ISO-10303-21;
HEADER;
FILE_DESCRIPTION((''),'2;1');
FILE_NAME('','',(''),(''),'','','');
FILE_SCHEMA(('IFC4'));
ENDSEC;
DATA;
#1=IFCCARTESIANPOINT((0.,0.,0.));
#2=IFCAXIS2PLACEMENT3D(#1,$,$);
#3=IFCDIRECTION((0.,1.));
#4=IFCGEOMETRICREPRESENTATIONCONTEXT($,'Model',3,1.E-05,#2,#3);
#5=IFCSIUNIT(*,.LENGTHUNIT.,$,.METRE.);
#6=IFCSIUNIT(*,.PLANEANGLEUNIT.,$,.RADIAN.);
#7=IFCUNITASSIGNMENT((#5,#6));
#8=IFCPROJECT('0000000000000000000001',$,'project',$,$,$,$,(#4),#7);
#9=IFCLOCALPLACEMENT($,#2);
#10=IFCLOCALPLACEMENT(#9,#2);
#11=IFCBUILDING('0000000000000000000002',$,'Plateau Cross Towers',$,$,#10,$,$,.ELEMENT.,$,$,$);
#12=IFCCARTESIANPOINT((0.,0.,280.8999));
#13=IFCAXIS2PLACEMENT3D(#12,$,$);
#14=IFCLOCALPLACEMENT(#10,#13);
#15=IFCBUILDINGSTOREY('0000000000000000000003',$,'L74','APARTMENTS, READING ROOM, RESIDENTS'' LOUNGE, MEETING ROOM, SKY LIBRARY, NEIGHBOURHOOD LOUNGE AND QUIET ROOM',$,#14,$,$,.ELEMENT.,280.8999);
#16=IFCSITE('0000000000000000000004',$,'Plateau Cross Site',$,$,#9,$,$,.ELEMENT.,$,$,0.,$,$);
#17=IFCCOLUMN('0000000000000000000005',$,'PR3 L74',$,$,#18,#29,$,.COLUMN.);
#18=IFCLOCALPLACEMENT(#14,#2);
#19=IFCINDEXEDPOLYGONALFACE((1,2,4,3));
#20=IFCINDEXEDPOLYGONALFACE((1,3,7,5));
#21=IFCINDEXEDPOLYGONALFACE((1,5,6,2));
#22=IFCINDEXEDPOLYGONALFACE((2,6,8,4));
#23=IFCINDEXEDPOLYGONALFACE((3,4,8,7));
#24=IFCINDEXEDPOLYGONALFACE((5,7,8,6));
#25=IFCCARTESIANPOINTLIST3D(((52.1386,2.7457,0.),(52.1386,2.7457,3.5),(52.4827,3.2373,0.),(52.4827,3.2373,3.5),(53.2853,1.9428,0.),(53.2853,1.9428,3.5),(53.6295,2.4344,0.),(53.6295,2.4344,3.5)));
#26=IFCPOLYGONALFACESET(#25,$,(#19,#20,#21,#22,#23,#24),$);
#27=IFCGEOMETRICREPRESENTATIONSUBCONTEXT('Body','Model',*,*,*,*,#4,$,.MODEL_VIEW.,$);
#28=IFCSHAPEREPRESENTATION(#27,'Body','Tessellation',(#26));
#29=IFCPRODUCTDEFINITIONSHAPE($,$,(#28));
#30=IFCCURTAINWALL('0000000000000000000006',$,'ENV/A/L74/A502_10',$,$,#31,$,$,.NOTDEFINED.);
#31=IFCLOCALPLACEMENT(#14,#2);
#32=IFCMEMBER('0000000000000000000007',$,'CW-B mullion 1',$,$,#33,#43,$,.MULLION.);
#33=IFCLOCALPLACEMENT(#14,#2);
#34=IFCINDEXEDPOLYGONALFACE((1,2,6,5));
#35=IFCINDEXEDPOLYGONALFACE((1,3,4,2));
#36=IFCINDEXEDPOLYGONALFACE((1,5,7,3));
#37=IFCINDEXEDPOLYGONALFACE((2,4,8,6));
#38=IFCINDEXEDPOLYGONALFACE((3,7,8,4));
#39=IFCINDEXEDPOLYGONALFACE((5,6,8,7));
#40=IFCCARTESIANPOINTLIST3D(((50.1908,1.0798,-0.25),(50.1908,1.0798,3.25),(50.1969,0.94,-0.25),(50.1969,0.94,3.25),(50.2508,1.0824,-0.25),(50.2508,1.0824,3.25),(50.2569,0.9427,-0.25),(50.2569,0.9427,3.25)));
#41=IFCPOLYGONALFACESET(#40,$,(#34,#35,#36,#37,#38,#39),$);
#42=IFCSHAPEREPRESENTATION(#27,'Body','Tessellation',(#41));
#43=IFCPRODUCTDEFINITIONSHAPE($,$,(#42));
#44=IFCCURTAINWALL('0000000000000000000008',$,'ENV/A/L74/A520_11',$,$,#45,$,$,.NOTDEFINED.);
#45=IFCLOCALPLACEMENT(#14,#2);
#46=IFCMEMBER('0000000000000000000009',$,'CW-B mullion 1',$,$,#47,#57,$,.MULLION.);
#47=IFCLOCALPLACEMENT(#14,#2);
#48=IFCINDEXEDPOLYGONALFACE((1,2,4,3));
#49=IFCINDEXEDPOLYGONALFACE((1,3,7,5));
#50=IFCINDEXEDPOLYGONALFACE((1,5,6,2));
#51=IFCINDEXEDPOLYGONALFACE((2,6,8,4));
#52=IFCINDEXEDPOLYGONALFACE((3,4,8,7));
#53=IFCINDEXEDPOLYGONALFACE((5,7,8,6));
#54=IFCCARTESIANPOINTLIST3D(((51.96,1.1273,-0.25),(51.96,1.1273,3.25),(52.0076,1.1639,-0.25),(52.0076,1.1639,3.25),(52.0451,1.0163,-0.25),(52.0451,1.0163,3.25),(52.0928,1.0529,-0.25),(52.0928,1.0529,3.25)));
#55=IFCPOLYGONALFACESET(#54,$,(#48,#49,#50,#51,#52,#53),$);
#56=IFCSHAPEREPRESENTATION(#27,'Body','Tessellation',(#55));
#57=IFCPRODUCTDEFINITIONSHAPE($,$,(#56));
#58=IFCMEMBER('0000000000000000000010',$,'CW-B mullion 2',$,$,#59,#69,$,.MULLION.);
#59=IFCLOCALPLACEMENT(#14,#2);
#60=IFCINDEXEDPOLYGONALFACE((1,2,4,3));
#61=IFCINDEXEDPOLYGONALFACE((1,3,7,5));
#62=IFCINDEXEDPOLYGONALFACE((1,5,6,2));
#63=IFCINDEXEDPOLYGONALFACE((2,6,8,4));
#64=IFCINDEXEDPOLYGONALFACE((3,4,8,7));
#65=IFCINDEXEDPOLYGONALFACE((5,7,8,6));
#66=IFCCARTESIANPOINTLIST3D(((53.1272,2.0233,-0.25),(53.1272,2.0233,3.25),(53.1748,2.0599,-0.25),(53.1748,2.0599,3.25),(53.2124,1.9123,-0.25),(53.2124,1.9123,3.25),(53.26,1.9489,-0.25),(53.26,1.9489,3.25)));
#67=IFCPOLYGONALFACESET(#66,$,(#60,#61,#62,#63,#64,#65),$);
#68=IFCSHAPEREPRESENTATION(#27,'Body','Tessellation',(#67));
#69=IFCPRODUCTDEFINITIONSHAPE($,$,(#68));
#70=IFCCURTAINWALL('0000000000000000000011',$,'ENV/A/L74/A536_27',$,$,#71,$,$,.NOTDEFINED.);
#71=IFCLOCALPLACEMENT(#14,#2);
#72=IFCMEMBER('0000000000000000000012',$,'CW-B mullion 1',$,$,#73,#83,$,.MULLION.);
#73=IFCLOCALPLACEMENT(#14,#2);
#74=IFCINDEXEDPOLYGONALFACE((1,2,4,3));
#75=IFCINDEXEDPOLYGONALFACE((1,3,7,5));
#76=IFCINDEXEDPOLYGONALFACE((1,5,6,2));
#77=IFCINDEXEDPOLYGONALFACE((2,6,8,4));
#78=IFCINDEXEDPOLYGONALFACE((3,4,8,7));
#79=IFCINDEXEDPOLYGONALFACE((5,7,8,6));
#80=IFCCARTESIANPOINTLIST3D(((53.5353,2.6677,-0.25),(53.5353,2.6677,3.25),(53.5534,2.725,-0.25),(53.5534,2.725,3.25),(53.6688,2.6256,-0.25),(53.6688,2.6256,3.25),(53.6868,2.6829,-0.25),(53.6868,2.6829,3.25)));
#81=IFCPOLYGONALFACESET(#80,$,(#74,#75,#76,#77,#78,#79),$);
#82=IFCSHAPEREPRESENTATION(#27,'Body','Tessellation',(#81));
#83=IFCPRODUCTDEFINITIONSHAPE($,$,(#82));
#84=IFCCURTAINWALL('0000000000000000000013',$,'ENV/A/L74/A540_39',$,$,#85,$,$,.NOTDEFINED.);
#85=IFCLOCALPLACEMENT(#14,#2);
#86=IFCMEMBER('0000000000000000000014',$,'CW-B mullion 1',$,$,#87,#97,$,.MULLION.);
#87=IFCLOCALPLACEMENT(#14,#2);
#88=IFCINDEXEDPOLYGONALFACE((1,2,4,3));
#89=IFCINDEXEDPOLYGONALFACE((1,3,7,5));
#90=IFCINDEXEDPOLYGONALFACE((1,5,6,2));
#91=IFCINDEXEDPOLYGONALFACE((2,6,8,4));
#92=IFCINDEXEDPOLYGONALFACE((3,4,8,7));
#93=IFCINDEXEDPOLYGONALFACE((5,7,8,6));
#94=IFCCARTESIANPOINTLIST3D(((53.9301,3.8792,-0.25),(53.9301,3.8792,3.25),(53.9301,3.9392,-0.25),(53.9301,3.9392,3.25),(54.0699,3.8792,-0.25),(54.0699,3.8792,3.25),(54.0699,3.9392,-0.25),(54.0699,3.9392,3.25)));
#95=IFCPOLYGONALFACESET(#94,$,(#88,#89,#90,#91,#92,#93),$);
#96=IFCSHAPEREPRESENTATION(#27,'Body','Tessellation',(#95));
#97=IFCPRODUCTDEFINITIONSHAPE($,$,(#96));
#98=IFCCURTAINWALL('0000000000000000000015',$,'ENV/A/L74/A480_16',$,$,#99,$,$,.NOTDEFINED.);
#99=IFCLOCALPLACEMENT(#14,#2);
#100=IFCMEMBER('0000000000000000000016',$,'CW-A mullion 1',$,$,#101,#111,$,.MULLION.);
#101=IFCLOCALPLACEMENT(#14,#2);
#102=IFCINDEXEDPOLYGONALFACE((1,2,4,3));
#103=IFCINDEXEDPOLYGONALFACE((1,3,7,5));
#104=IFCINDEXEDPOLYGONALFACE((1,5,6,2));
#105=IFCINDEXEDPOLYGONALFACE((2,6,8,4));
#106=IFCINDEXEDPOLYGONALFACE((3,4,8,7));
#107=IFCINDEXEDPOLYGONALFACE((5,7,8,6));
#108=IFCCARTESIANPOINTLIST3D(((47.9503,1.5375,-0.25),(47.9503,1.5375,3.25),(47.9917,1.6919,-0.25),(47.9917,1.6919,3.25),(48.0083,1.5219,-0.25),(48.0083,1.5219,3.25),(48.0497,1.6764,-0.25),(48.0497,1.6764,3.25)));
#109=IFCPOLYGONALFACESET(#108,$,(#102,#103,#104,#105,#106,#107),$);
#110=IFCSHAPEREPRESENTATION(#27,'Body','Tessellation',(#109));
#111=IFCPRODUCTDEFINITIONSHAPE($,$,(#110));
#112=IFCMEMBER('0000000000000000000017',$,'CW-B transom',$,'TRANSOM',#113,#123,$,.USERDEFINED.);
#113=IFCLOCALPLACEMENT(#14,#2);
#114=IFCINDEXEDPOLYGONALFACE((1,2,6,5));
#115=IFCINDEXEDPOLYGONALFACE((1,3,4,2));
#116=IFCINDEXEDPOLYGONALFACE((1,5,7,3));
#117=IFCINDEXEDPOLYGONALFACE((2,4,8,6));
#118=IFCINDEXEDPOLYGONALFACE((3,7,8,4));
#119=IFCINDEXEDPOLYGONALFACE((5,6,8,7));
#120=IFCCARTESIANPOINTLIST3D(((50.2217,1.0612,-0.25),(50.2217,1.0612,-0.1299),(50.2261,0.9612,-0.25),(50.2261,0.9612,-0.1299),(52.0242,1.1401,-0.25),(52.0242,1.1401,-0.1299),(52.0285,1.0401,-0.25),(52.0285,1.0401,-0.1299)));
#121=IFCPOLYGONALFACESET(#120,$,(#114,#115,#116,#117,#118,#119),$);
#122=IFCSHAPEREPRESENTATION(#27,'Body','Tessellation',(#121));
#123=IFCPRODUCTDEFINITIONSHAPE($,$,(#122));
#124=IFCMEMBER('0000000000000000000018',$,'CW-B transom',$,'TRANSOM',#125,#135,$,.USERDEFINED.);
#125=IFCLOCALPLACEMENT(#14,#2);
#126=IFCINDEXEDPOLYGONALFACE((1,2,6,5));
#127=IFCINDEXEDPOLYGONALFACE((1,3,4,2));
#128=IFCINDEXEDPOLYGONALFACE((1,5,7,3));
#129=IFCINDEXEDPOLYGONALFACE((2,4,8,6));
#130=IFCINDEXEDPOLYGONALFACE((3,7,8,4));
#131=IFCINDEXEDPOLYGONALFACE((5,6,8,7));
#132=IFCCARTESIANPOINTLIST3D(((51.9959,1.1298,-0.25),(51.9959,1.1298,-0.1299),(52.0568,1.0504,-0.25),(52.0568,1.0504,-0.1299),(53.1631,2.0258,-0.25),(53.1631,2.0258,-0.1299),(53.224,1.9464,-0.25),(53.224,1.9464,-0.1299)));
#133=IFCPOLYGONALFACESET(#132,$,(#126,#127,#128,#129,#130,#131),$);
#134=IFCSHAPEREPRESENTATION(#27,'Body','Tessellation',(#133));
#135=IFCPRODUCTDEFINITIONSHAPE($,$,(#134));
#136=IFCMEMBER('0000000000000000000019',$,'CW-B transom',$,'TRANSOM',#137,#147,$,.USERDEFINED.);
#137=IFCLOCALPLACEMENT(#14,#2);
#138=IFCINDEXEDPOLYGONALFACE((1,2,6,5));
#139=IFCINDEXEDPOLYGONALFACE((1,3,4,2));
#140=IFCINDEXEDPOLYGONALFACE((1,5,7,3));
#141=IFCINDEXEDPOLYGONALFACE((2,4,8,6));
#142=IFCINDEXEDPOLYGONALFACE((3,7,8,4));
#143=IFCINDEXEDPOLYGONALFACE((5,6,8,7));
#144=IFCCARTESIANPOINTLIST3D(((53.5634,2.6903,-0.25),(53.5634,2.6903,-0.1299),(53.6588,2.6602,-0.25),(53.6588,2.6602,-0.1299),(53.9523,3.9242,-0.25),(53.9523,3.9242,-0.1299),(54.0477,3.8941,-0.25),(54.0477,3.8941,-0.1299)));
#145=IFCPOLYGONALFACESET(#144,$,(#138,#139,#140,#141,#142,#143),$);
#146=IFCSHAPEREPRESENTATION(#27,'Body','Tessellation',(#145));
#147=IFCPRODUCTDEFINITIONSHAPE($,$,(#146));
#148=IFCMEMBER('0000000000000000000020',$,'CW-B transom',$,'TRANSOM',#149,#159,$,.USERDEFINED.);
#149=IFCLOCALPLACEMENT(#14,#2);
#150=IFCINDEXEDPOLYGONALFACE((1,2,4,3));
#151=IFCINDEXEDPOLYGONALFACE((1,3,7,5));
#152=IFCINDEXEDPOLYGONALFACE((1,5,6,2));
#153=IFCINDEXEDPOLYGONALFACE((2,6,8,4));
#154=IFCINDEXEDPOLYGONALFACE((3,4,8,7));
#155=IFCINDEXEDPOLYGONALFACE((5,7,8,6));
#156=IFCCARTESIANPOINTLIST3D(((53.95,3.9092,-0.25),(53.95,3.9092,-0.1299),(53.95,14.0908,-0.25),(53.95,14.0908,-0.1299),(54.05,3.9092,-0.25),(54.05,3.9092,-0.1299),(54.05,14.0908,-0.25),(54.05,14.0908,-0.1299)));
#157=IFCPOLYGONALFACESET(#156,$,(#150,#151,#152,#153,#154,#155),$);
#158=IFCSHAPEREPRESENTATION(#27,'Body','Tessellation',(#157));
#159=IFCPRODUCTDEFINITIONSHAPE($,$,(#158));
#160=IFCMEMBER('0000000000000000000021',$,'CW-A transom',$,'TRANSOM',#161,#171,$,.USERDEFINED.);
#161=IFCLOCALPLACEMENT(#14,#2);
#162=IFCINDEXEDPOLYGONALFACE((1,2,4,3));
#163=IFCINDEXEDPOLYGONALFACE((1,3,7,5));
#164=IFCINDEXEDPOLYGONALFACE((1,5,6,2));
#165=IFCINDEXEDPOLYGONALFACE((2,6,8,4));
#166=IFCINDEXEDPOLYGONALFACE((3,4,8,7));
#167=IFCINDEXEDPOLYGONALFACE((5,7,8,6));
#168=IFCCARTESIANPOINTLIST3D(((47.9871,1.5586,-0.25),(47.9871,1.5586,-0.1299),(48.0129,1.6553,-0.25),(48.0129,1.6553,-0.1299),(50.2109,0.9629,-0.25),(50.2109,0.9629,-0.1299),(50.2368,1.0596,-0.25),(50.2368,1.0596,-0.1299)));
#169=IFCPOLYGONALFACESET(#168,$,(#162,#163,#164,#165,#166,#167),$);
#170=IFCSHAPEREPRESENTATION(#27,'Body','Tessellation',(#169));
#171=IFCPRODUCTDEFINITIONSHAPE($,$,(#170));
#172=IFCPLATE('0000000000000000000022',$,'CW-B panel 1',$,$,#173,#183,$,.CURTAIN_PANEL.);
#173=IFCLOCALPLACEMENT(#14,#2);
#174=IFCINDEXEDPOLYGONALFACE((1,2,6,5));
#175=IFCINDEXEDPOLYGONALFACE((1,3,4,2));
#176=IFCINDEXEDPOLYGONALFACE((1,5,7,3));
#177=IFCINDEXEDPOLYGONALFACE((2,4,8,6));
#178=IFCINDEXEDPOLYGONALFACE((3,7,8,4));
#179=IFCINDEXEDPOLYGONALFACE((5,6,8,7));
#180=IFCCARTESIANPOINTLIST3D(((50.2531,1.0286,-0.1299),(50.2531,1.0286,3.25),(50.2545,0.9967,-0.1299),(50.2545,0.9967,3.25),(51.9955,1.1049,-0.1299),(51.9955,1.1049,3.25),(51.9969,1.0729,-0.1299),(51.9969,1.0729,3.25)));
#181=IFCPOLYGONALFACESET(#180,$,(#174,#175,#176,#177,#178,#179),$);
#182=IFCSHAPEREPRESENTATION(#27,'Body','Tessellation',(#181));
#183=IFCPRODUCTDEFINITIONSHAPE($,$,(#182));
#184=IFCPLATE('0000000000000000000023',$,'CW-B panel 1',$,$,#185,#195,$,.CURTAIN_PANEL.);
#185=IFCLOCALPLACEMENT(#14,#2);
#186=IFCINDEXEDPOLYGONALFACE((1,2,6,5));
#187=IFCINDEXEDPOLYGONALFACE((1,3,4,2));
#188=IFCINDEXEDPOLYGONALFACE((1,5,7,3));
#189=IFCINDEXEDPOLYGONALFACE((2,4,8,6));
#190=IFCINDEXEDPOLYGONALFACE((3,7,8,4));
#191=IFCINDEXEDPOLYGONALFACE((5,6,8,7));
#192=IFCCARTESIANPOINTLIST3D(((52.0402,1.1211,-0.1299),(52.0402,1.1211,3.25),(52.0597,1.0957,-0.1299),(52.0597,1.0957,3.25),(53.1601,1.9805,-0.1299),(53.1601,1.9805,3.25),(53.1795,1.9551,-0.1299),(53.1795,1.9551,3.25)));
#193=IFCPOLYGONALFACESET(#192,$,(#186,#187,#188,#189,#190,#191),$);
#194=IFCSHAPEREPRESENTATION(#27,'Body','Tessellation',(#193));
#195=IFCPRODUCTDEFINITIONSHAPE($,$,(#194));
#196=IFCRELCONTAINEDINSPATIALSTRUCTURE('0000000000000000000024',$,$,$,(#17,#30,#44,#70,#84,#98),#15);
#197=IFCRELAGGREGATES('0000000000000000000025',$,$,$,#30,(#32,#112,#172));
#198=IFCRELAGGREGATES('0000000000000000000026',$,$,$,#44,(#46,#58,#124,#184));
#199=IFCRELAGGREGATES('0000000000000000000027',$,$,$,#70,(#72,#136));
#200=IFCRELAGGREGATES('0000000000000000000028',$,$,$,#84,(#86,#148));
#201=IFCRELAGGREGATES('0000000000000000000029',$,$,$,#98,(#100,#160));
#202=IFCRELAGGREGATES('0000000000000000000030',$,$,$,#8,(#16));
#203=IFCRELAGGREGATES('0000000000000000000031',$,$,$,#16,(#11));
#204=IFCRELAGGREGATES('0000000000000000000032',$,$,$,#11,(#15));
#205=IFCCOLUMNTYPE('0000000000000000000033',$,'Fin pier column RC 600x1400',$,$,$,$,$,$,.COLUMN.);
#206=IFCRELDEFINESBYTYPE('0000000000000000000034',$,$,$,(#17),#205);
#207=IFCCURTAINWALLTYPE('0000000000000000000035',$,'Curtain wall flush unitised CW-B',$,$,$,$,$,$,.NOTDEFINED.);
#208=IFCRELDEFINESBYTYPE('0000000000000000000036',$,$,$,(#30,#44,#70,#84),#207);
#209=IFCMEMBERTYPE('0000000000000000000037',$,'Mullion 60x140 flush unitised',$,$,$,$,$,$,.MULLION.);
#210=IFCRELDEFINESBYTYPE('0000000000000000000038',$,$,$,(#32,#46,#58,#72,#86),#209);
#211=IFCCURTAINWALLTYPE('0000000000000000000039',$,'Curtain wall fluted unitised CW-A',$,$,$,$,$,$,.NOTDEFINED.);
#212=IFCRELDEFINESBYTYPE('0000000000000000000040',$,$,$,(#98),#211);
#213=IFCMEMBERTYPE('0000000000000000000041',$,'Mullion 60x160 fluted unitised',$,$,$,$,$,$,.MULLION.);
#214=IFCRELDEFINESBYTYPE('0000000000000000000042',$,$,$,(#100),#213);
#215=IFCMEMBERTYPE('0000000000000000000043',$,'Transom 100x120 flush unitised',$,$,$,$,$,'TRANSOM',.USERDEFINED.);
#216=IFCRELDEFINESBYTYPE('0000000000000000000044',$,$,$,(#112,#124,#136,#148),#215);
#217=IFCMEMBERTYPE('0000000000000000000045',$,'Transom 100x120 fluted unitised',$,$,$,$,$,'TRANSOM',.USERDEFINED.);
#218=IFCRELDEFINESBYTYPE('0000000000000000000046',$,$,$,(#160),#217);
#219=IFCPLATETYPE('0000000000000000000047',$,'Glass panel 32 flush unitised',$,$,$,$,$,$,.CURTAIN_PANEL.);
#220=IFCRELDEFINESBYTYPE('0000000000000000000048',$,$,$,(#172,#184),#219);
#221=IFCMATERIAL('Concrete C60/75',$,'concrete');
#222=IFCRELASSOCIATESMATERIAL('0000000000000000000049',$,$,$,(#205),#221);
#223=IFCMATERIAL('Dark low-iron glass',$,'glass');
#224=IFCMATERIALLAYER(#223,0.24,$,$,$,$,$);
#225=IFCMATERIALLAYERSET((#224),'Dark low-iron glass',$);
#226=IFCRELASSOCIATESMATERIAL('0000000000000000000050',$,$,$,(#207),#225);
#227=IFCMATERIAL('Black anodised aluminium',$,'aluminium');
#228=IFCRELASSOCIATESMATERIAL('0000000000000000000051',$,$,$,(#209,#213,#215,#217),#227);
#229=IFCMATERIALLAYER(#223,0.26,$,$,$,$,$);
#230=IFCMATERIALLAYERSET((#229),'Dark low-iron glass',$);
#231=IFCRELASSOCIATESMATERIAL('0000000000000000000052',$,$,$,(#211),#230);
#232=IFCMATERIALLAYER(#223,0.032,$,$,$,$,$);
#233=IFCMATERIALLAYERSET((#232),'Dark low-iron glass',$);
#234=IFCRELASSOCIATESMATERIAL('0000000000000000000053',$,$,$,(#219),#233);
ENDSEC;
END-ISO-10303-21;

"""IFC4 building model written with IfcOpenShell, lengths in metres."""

from ifc_helpers import new_model, si_unit, direction, frame, origin, origin_2d, place, context, subcontext, project, spatial, rectangle, extrude, material, layer, layer_set, material_profile, profile_set, type_object, element, aggregate, save


model = new_model("IFC4")

# Units and contexts
model_context = context("Model", 3, precision=1e-05, world=origin(), true_north=direction((0.0, 1.0)))
body_context = subcontext(model_context, "Body", "Model", "MODEL_VIEW")
ifc_project = project(units=[si_unit("LENGTHUNIT", "METRE"), si_unit("PLANEANGLEUNIT", "RADIAN")], contexts=[model_context])

# Site, building, storey
site_placement = place(None, origin())
site = spatial("IfcSite", under=ifc_project, at=site_placement, Name="Plateau Cross Site", CompositionType="ELEMENT", RefElevation=0.0)
building_placement = place(site_placement, origin())
building = spatial("IfcBuilding", under=site, at=building_placement, Name="Plateau Cross Towers", CompositionType="ELEMENT")
storey_placement = place(building_placement, frame((0.0, 0.0, 280.8999)))
storey = spatial("IfcBuildingStorey", under=building, at=storey_placement, Name="L74", Description="APARTMENTS, READING ROOM, RESIDENTS' LOUNGE, MEETING ROOM, SKY LIBRARY, NEIGHBOURHOOD LOUNGE AND QUIET ROOM", CompositionType="ELEMENT", Elevation=280.8999)

# Column
ifc_material_1 = material(Name="Concrete C60/75", Category="concrete")
ifc_material_profile_1 = material_profile(ifc_material_1, rectangle(XDim=0.6001, YDim=1.3999, at=origin_2d()), Name="RC 600x1400")
ifc_profile_set_1 = profile_set([ifc_material_profile_1], Name="Concrete C60/75")
column_type = type_object("IfcColumnType", Name="Fin pier column RC 600x1400", PredefinedType="COLUMN", material=ifc_profile_set_1)
column_placement = place(storey_placement, frame((52.884, 2.5901, 0.0), z_axis=(0.0, 0.0, 1.0), x_axis=(0.573543, 0.819176, 0.0)))
element("IfcColumn", 1, at=column_placement, inside=storey, type_object=column_type, Name="PR3 L74", PredefinedType="COLUMN", context=body_context, shape_type="SweptSolid", body=[
    extrude(rectangle(XDim=0.6001, YDim=1.3999, at=origin_2d()), origin(), (0.0, 0.0, 1.0), 3.5),
])

# Curtain wall, member
ifc_material_2 = material(Name="Dark low-iron glass", Category="glass")
ifc_layer_1 = layer(ifc_material_2, 0.24)
ifc_layer_set_1 = layer_set([ifc_layer_1], Name="Dark low-iron glass")
curtain_wall_type_1 = type_object("IfcCurtainWallType", Name="Curtain wall flush unitised CW-B", PredefinedType="NOTDEFINED", material=ifc_layer_set_1)
curtain_wall_1_placement = place(storey_placement, origin())
curtain_wall_1 = element("IfcCurtainWall", 2, at=curtain_wall_1_placement, inside=storey, type_object=curtain_wall_type_1, Name="ENV/A/L74/A502_10", PredefinedType="NOTDEFINED")
ifc_material_3 = material(Name="Black anodised aluminium", Category="aluminium")
ifc_material_profile_2 = material_profile(ifc_material_3, rectangle(XDim=0.0601, YDim=0.1399, at=origin_2d()), Name="MULLION 60x140")
ifc_profile_set_2 = profile_set([ifc_material_profile_2], Name="Black anodised aluminium")
member_type_1 = type_object("IfcMemberType", Name="Mullion 60x140 flush unitised", PredefinedType="MULLION", material=ifc_profile_set_2)
member_1_placement = place(storey_placement, frame((50.2239, 1.0112, -0.25), z_axis=(0.0, 0.0, 1.0), x_axis=(0.999044, 0.043723, 0.0)))
member_1 = element("IfcMember", 3, at=member_1_placement, type_object=member_type_1, Name="CW-B mullion 1", PredefinedType="MULLION", context=body_context, shape_type="SweptSolid", body=[
    extrude(rectangle(XDim=0.0601, YDim=0.1399, at=origin_2d()), origin(), (0.0, 0.0, 1.0), 3.5),
])

# Curtain wall, members
curtain_wall_2_placement = place(storey_placement, origin())
curtain_wall_2 = element("IfcCurtainWall", 4, at=curtain_wall_2_placement, inside=storey, type_object=curtain_wall_type_1, Name="ENV/A/L74/A520_11", PredefinedType="NOTDEFINED")
member_2_placement = place(storey_placement, frame((52.0264, 1.0901, -0.25), z_axis=(0.0, 0.0, 1.0), x_axis=(0.793316, 0.608811, 0.0)))
member_2 = element("IfcMember", 5, at=member_2_placement, type_object=member_type_1, Name="CW-B mullion 1", PredefinedType="MULLION", context=body_context, shape_type="SweptSolid", body=[
    extrude(rectangle(XDim=0.0601, YDim=0.1399, at=origin_2d()), origin(), (0.0, 0.0, 1.0), 3.5),
])
member_3_placement = place(storey_placement, frame((53.1936, 1.9861, -0.25), z_axis=(0.0, 0.0, 1.0), x_axis=(0.793316, 0.608811, 0.0)))
member_3 = element("IfcMember", 6, at=member_3_placement, type_object=member_type_1, Name="CW-B mullion 2", PredefinedType="MULLION", context=body_context, shape_type="SweptSolid", body=[
    extrude(rectangle(XDim=0.0601, YDim=0.1399, at=origin_2d()), origin(), (0.0, 0.0, 1.0), 3.5),
])

# Curtain walls, members
curtain_wall_3_placement = place(storey_placement, origin())
curtain_wall_3 = element("IfcCurtainWall", 7, at=curtain_wall_3_placement, inside=storey, type_object=curtain_wall_type_1, Name="ENV/A/L74/A536_27", PredefinedType="NOTDEFINED")
member_4_placement = place(storey_placement, frame((53.6111, 2.6753, -0.25), z_axis=(0.0, 0.0, 1.0), x_axis=(0.300686, 0.953723, 0.0)))
member_4 = element("IfcMember", 8, at=member_4_placement, type_object=member_type_1, Name="CW-B mullion 1", PredefinedType="MULLION", context=body_context, shape_type="SweptSolid", body=[
    extrude(rectangle(XDim=0.0601, YDim=0.1399, at=origin_2d()), origin(), (0.0, 0.0, 1.0), 3.5),
])
curtain_wall_4_placement = place(storey_placement, origin())
curtain_wall_4 = element("IfcCurtainWall", 9, at=curtain_wall_4_placement, inside=storey, type_object=curtain_wall_type_1, Name="ENV/A/L74/A540_39", PredefinedType="NOTDEFINED")
member_5_placement = place(storey_placement, frame((54.0, 3.9092, -0.25), z_axis=(0.0, 0.0, 1.0), x_axis=(0.0, 1.0, 0.0)))
member_5 = element("IfcMember", 10, at=member_5_placement, type_object=member_type_1, Name="CW-B mullion 1", PredefinedType="MULLION", context=body_context, shape_type="SweptSolid", body=[
    extrude(rectangle(XDim=0.0601, YDim=0.1399, at=origin_2d()), origin(), (0.0, 0.0, 1.0), 3.5),
])
ifc_layer_2 = layer(ifc_material_2, 0.26)
ifc_layer_set_2 = layer_set([ifc_layer_2], Name="Dark low-iron glass")
curtain_wall_type_2 = type_object("IfcCurtainWallType", Name="Curtain wall fluted unitised CW-A", PredefinedType="NOTDEFINED", material=ifc_layer_set_2)
curtain_wall_5_placement = place(storey_placement, origin())
curtain_wall_5 = element("IfcCurtainWall", 11, at=curtain_wall_5_placement, inside=storey, type_object=curtain_wall_type_2, Name="ENV/A/L74/A480_16", PredefinedType="NOTDEFINED")
ifc_material_profile_3 = material_profile(ifc_material_3, rectangle(XDim=0.0601, YDim=0.1599, at=origin_2d()), Name="MULLION 60x160")
ifc_profile_set_3 = profile_set([ifc_material_profile_3], Name="Black anodised aluminium")
member_type_2 = type_object("IfcMemberType", Name="Mullion 60x160 fluted unitised", PredefinedType="MULLION", material=ifc_profile_set_3)
member_6_placement = place(storey_placement, frame((48.0, 1.6069, -0.25), z_axis=(0.0, 0.0, 1.0), x_axis=(0.965958, -0.258699, 0.0)))
member_6 = element("IfcMember", 12, at=member_6_placement, type_object=member_type_2, Name="CW-A mullion 1", PredefinedType="MULLION", context=body_context, shape_type="SweptSolid", body=[
    extrude(rectangle(XDim=0.0601, YDim=0.1599, at=origin_2d()), origin(), (0.0, 0.0, 1.0), 3.5),
])

# Members
ifc_material_profile_4 = material_profile(ifc_material_3, rectangle(XDim=0.1001, YDim=0.1201, at=origin_2d()), Name="TRANSOM 100x120")
ifc_profile_set_4 = profile_set([ifc_material_profile_4], Name="Black anodised aluminium")
member_type_3 = type_object("IfcMemberType", Name="Transom 100x120 flush unitised", ElementType="TRANSOM", PredefinedType="USERDEFINED", material=ifc_profile_set_4)
member_7_placement = place(storey_placement, frame((50.2239, 1.0112, -0.1899), z_axis=(0.999044, 0.043707, 0.0), x_axis=(-0.043707, 0.999044, 0.0)))
member_7 = element("IfcMember", 13, at=member_7_placement, type_object=member_type_3, Name="CW-B transom", ObjectType="TRANSOM", PredefinedType="USERDEFINED", context=body_context, shape_type="SweptSolid", body=[
    extrude(rectangle(XDim=0.1001, YDim=0.1201, at=origin_2d()), origin(), (0.0, 0.0, 1.0), 1.8042),
])
member_8_placement = place(storey_placement, frame((52.0264, 1.0901, -0.1899), z_axis=(0.79324, 0.608909, 0.0), x_axis=(-0.608909, 0.79324, 0.0)))
member_8 = element("IfcMember", 14, at=member_8_placement, type_object=member_type_3, Name="CW-B transom", ObjectType="TRANSOM", PredefinedType="USERDEFINED", context=body_context, shape_type="SweptSolid", body=[
    extrude(rectangle(XDim=0.1001, YDim=0.1201, at=origin_2d()), origin(), (0.0, 0.0, 1.0), 1.4714),
])
member_9_placement = place(storey_placement, frame((53.6111, 2.6753, -0.1899), z_axis=(0.300617, 0.953745, 0.0), x_axis=(-0.953745, 0.300617, 0.0)))
member_9 = element("IfcMember", 15, at=member_9_placement, type_object=member_type_3, Name="CW-B transom", ObjectType="TRANSOM", PredefinedType="USERDEFINED", context=body_context, shape_type="SweptSolid", body=[
    extrude(rectangle(XDim=0.1001, YDim=0.1201, at=origin_2d()), origin(), (0.0, 0.0, 1.0), 1.2937),
])
member_10_placement = place(storey_placement, frame((54.0, 3.9092, -0.1899), z_axis=(0.0, 1.0, 0.0), x_axis=(-1.0, 0.0, 0.0)))
member_10 = element("IfcMember", 16, at=member_10_placement, type_object=member_type_3, Name="CW-B transom", ObjectType="TRANSOM", PredefinedType="USERDEFINED", context=body_context, shape_type="SweptSolid", body=[
    extrude(rectangle(XDim=0.1001, YDim=0.1201, at=origin_2d()), origin(), (0.0, 0.0, 1.0), 10.1816),
])
ifc_material_profile_5 = material_profile(ifc_material_3, rectangle(XDim=0.1001, YDim=0.1201, at=origin_2d()), Name="TRANSOM 100x120")
ifc_profile_set_5 = profile_set([ifc_material_profile_5], Name="Black anodised aluminium")
member_type_4 = type_object("IfcMemberType", Name="Transom 100x120 fluted unitised", ElementType="TRANSOM", PredefinedType="USERDEFINED", material=ifc_profile_set_5)
member_11_placement = place(storey_placement, frame((48.0, 1.6069, -0.1899), z_axis=(0.965946, -0.258745, 0.0), x_axis=(0.258745, 0.965946, 0.0)))
member_11 = element("IfcMember", 17, at=member_11_placement, type_object=member_type_4, Name="CW-A transom", ObjectType="TRANSOM", PredefinedType="USERDEFINED", context=body_context, shape_type="SweptSolid", body=[
    extrude(rectangle(XDim=0.1001, YDim=0.1201, at=origin_2d()), origin(), (0.0, 0.0, 1.0), 2.3022),
])

# Plates
ifc_layer_3 = layer(ifc_material_2, 0.032)
ifc_layer_set_3 = layer_set([ifc_layer_3], Name="Dark low-iron glass")
plate_type_1 = type_object("IfcPlateType", Name="Glass panel 32 flush unitised", PredefinedType="CURTAIN_PANEL", material=ifc_layer_set_3)
plate_1_placement = place(storey_placement, frame((51.125, 1.0508, -0.1299), z_axis=(0.0, 0.0, 1.0), x_axis=(0.999044, 0.043723, 0.0)))
plate_1 = element("IfcPlate", 18, at=plate_1_placement, type_object=plate_type_1, Name="CW-B panel 1", PredefinedType="CURTAIN_PANEL", context=body_context, shape_type="SweptSolid", body=[
    extrude(rectangle(XDim=1.7441, YDim=0.032, at=origin_2d()), origin(), (0.0, 0.0, 1.0), 3.3799),
])
aggregate(curtain_wall_1, [member_1, member_7, plate_1])
plate_2_placement = place(storey_placement, frame((52.6099, 1.5381, -0.1299), z_axis=(0.0, 0.0, 1.0), x_axis=(0.793316, 0.608811, 0.0)))
plate_2 = element("IfcPlate", 19, at=plate_2_placement, type_object=plate_type_1, Name="CW-B panel 1", PredefinedType="CURTAIN_PANEL", context=body_context, shape_type="SweptSolid", body=[
    extrude(rectangle(XDim=1.4116, YDim=0.032, at=origin_2d()), origin(), (0.0, 0.0, 1.0), 3.3799),
])
aggregate(curtain_wall_2, [member_2, member_3, member_8, plate_2])
aggregate(curtain_wall_3, [member_4, member_9])
aggregate(curtain_wall_4, [member_5, member_10])

aggregate(curtain_wall_5, [member_6, member_11])

save(model, "model.ifc")
